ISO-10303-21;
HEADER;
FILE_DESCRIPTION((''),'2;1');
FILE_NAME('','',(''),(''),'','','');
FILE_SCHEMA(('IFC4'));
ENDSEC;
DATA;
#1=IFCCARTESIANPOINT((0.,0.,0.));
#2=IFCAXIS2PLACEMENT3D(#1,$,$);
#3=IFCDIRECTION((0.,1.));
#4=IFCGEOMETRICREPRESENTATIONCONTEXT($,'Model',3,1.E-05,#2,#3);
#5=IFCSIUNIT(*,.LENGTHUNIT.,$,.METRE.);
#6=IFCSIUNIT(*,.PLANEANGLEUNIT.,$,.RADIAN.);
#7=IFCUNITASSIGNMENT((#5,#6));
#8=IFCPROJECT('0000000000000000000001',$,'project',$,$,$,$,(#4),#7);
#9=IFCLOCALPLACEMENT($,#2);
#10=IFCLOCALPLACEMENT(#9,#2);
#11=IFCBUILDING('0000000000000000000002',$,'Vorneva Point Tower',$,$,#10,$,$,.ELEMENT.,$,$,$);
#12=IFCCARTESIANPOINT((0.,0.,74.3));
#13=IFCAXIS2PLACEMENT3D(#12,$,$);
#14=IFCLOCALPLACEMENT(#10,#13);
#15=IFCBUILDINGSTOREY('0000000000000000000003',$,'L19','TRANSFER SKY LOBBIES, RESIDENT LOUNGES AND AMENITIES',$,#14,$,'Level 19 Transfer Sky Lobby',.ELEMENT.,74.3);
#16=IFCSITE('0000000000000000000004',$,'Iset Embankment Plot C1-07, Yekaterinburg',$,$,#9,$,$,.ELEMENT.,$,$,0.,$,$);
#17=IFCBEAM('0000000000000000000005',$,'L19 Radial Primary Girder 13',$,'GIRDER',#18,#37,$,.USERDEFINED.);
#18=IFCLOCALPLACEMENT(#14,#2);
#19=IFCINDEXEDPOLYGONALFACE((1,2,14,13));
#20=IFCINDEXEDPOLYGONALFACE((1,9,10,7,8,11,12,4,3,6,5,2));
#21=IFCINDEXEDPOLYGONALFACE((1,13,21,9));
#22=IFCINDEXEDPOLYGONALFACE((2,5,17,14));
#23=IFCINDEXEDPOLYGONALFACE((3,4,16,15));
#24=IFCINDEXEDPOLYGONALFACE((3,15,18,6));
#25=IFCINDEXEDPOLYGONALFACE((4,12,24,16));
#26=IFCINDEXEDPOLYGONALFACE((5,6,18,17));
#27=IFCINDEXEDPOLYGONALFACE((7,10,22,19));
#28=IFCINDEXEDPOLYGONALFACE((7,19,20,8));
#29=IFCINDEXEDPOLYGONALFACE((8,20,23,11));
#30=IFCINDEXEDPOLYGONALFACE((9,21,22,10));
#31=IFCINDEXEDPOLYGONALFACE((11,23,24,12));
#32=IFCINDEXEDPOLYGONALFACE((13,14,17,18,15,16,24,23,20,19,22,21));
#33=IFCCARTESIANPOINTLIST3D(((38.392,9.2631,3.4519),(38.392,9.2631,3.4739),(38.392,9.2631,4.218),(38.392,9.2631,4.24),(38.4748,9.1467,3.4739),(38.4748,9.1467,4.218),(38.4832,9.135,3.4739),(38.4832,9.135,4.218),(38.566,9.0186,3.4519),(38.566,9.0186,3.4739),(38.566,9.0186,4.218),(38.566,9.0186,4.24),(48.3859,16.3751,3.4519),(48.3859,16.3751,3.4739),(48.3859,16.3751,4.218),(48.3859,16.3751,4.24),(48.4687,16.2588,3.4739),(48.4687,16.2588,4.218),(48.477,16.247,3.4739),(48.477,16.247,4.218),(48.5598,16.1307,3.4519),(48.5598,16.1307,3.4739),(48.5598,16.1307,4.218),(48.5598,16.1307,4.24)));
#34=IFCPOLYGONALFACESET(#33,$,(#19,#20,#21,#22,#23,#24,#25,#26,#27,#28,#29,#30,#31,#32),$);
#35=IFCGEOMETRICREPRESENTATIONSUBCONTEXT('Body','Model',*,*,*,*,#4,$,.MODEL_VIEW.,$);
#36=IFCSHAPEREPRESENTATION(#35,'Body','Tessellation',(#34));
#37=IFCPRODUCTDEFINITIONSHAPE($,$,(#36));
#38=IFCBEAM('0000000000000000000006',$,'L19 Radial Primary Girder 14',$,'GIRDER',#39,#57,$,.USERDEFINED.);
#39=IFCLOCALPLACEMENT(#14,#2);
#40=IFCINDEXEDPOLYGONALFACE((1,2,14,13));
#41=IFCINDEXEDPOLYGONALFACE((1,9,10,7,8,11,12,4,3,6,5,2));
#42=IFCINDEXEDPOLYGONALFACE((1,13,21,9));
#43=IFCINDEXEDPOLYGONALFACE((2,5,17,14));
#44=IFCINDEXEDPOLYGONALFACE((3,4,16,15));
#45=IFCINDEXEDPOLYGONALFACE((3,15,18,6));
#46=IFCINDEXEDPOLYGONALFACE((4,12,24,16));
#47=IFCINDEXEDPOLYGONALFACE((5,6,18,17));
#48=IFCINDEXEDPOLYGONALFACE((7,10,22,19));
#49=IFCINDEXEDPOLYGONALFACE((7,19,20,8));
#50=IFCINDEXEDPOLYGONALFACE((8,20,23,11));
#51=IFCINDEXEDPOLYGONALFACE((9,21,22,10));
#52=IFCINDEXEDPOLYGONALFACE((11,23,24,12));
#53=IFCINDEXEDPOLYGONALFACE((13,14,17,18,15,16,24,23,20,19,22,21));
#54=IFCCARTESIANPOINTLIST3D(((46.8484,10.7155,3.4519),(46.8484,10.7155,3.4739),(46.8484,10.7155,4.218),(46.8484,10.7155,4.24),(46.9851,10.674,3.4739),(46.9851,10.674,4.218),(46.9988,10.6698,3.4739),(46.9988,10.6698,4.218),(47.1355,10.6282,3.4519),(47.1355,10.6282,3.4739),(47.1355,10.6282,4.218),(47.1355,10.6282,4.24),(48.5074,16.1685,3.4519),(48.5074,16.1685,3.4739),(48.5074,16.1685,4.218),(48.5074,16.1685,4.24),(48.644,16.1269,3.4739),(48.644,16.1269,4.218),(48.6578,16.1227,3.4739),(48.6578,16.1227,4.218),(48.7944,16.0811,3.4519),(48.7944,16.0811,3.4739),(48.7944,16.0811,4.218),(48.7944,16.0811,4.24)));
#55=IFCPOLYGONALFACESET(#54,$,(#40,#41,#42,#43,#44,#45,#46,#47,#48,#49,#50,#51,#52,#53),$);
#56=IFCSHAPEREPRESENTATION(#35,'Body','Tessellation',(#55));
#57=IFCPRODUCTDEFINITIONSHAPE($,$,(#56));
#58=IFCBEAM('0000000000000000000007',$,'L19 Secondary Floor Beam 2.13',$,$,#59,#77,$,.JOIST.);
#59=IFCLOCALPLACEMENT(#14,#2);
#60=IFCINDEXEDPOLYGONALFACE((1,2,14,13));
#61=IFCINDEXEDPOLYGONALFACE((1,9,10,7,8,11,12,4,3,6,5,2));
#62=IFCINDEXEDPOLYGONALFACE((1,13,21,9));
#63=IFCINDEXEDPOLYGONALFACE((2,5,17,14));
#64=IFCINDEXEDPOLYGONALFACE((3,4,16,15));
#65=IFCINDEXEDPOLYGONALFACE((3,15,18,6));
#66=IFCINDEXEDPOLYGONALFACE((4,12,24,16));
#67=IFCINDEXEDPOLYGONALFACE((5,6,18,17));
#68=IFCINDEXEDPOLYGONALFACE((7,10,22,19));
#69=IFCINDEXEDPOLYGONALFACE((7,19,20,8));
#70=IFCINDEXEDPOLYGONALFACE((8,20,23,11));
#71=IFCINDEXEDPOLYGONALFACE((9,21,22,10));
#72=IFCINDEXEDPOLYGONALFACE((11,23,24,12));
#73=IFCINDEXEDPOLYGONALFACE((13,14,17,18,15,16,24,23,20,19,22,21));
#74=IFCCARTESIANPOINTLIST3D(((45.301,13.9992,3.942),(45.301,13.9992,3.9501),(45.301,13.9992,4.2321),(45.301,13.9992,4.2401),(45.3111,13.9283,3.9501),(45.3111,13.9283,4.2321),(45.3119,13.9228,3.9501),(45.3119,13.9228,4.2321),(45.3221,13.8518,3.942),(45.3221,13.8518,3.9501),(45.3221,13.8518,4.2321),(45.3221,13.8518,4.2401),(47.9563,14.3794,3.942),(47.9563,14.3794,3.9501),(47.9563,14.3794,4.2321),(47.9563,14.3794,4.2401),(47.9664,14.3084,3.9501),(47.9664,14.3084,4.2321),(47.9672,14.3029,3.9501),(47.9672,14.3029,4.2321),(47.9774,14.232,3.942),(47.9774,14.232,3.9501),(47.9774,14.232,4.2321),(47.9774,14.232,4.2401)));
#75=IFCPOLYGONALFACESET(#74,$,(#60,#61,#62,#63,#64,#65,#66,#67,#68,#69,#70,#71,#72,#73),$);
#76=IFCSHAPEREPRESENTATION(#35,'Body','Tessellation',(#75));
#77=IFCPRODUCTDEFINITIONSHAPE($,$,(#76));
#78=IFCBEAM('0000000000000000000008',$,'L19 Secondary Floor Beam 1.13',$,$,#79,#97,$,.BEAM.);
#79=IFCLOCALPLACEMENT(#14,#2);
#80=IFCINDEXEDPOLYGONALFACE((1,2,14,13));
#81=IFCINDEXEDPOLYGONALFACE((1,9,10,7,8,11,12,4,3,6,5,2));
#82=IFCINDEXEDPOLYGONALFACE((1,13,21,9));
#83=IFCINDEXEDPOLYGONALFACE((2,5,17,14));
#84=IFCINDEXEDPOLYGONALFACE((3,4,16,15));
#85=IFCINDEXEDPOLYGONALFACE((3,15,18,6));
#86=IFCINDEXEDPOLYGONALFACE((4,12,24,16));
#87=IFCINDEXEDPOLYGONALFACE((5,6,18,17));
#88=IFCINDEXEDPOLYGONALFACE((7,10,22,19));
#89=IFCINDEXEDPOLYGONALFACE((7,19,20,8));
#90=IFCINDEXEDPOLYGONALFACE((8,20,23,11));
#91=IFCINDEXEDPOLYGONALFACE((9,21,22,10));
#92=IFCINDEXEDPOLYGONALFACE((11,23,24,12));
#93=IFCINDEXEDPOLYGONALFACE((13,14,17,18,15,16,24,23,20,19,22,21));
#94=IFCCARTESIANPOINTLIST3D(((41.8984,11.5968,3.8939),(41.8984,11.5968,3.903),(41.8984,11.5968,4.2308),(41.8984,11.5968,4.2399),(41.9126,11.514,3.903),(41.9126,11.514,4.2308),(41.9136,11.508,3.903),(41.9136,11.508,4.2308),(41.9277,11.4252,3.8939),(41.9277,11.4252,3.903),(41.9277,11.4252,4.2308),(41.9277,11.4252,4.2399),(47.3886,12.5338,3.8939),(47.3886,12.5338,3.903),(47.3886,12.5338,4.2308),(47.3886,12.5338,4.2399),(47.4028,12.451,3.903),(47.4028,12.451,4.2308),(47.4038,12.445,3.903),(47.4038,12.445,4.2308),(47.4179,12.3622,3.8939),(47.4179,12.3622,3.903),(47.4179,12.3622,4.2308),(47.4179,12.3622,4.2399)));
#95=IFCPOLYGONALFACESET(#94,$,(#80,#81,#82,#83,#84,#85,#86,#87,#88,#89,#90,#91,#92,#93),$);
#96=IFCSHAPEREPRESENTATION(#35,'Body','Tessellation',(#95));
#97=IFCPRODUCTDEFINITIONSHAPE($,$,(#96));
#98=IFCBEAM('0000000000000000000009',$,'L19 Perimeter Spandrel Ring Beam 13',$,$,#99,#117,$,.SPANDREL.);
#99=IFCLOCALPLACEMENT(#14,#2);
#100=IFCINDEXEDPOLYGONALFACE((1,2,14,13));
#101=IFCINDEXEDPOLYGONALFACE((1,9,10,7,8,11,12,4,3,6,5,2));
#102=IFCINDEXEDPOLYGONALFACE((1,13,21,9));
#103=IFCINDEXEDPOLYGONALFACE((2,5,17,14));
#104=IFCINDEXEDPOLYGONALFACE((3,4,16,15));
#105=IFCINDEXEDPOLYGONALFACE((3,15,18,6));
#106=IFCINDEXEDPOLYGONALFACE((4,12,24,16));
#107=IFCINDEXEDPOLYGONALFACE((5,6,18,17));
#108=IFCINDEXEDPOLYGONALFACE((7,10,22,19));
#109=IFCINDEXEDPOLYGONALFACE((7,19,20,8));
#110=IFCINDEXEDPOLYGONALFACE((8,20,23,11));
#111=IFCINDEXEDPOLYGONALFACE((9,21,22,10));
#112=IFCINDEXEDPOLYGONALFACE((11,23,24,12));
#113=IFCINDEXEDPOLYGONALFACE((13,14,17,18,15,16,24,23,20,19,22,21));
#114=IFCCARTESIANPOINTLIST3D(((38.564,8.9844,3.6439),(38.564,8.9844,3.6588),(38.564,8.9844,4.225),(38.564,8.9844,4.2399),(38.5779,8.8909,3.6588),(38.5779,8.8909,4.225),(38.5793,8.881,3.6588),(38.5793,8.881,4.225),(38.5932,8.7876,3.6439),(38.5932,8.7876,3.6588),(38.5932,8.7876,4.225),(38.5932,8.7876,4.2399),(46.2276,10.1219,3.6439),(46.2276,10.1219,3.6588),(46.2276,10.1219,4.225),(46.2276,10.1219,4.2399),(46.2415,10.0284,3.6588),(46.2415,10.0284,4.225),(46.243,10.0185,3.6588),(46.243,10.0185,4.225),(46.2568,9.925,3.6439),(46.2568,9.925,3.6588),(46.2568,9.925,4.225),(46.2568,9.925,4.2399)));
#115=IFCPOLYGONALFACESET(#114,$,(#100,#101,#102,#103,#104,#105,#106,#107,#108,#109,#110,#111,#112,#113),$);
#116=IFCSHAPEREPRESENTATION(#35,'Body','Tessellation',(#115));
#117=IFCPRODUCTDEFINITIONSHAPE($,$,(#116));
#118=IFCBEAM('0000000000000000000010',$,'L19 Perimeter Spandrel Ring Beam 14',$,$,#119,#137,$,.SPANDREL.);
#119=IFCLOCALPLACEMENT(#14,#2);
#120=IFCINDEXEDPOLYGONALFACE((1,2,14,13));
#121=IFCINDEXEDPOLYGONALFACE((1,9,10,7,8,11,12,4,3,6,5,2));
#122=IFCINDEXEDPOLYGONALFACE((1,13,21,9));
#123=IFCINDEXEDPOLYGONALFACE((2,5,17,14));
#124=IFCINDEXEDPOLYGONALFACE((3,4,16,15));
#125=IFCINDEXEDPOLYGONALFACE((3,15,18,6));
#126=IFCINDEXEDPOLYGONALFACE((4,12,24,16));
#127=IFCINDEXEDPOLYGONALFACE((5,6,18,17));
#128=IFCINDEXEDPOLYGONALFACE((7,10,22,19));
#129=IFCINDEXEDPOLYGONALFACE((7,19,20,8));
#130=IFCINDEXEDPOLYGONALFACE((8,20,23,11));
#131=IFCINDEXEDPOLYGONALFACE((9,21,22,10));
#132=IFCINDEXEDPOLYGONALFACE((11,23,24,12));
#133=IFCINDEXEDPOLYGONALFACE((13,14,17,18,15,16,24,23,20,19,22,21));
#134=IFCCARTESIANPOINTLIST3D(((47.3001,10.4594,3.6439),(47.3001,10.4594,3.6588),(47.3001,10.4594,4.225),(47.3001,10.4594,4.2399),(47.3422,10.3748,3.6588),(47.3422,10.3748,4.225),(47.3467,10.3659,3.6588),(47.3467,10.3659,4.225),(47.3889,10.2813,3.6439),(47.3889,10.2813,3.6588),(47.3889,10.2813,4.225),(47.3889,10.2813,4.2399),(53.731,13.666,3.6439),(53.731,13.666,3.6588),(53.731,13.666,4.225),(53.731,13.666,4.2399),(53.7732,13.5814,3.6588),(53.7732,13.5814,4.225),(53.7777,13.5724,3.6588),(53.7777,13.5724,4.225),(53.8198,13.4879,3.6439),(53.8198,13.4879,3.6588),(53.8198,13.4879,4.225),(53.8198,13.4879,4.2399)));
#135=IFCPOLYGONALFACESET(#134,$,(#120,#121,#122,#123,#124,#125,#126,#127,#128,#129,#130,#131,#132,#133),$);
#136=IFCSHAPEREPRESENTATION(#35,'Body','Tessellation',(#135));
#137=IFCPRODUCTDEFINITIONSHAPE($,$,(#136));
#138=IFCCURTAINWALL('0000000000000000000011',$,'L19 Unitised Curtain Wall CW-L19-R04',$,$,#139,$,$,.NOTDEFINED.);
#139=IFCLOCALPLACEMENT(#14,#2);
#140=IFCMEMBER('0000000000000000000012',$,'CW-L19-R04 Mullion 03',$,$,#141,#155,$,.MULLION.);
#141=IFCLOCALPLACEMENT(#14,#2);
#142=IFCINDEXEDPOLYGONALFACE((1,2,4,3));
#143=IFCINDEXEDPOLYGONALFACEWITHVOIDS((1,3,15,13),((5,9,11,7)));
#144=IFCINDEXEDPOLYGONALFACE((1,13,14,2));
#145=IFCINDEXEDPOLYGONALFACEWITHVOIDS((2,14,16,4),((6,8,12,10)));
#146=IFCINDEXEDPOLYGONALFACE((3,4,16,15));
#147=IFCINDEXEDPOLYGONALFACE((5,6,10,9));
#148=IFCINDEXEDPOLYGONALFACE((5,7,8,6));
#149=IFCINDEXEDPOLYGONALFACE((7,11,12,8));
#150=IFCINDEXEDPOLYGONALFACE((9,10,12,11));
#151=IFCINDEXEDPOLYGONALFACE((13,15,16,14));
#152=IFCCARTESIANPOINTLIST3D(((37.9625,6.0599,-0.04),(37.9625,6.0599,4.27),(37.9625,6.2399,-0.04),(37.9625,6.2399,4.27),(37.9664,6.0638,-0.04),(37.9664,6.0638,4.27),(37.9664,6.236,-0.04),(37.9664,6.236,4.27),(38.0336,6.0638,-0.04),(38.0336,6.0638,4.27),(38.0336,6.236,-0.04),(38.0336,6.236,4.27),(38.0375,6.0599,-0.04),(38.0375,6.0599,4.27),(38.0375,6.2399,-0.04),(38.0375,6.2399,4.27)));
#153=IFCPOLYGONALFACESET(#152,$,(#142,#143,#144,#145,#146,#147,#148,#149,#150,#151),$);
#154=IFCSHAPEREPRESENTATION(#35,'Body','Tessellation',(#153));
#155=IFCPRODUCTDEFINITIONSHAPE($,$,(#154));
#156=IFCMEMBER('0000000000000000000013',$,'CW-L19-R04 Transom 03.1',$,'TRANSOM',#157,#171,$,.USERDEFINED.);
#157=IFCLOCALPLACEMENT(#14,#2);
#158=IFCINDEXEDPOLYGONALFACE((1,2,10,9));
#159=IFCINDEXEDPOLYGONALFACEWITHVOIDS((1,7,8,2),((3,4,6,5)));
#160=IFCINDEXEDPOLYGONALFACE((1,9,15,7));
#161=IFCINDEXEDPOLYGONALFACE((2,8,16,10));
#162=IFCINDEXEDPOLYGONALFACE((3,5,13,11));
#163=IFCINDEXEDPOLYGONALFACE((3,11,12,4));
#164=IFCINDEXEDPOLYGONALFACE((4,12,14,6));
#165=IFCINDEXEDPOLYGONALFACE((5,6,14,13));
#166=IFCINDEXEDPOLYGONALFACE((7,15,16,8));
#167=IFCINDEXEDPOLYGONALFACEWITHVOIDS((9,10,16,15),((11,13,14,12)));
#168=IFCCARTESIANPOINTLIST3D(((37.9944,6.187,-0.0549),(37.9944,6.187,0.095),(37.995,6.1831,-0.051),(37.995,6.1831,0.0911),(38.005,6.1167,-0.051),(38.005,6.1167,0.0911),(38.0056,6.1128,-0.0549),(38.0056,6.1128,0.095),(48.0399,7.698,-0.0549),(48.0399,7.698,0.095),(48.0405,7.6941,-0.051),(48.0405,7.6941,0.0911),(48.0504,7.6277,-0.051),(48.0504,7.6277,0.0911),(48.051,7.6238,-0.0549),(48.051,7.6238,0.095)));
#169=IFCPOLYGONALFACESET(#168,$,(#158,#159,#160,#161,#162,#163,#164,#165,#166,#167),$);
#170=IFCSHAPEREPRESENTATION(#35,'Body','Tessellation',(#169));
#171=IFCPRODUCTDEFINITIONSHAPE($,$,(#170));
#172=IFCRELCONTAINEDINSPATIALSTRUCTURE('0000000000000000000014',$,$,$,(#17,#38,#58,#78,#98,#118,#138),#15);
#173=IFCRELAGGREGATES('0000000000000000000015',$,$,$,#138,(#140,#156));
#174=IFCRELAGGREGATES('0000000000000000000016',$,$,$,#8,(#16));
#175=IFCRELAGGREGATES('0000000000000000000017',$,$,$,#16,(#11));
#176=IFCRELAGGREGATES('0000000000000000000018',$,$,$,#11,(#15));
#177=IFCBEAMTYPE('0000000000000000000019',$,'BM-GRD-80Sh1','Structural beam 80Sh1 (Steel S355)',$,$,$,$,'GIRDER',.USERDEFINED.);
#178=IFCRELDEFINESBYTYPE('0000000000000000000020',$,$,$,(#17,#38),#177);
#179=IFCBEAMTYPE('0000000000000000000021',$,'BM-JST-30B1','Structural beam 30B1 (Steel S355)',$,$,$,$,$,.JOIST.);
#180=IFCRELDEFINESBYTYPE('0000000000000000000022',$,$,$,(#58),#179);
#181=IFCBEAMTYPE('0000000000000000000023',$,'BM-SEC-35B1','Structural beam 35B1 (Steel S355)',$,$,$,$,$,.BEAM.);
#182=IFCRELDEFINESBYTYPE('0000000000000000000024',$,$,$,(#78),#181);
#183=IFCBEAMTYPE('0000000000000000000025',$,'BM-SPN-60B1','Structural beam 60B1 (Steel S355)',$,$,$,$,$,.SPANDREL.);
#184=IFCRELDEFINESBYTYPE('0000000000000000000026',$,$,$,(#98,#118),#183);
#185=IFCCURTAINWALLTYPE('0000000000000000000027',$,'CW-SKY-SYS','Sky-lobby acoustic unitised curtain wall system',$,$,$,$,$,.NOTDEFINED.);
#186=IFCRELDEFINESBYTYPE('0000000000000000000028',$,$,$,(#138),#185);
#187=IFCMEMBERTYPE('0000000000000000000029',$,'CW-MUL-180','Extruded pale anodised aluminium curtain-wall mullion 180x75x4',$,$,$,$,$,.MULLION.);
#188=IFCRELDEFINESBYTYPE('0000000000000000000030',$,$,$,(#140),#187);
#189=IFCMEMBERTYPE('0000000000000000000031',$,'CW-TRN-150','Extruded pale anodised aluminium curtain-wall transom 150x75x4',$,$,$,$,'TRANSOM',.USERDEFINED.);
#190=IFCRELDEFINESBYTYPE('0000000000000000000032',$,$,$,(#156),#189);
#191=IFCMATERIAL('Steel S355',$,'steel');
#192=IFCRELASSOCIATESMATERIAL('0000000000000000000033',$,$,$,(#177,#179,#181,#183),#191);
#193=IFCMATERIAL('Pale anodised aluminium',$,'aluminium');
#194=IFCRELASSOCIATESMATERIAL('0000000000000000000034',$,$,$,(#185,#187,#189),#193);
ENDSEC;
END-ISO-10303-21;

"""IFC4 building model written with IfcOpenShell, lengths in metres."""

from ifc_helpers import new_model, si_unit, direction, frame, origin, origin_2d, place, context, subcontext, project, spatial, hollow_rectangle, i_section, extrude, material, material_profile, profile_set, type_object, element, aggregate, save


model = new_model("IFC4")

# Units and contexts
model_context = context("Model", 3, precision=1e-05, world=origin(), true_north=direction((0.0, 1.0)))
body_context = subcontext(model_context, "Body", "Model", "MODEL_VIEW")
ifc_project = project(units=[si_unit("LENGTHUNIT", "METRE"), si_unit("PLANEANGLEUNIT", "RADIAN")], contexts=[model_context])

# Site, building, storey
site_placement = place(None, origin())
site = spatial("IfcSite", under=ifc_project, at=site_placement, Name="Iset Embankment Plot C1-07, Yekaterinburg", CompositionType="ELEMENT", RefElevation=0.0)
building_placement = place(site_placement, origin())
building = spatial("IfcBuilding", under=site, at=building_placement, Name="Vorneva Point Tower", CompositionType="ELEMENT")
storey_placement = place(building_placement, frame((0.0, 0.0, 74.3)))
storey = spatial("IfcBuildingStorey", under=building, at=storey_placement, Name="L19", Description="TRANSFER SKY LOBBIES, RESIDENT LOUNGES AND AMENITIES", LongName="Level 19 Transfer Sky Lobby", CompositionType="ELEMENT", Elevation=74.3)

# Beams
ifc_material_1 = material(Name="Steel S355", Category="steel")
ifc_material_profile_1 = material_profile(ifc_material_1, i_section(OverallWidth=0.3, OverallDepth=0.7881, WebThickness=0.0144, FlangeThickness=0.022, at=origin_2d()), Name="80Sh1")
ifc_profile_set_1 = profile_set([ifc_material_profile_1], Name="Steel S355")
beam_type_1 = type_object("IfcBeamType", Name="BM-GRD-80Sh1", Description="Structural beam 80Sh1 (Steel S355)", ElementType="GIRDER", PredefinedType="USERDEFINED", material=ifc_profile_set_1)
beam_1_placement = place(storey_placement, frame((38.479, 9.1409, 3.8459), z_axis=(0.814752, 0.57981, 0.0), x_axis=(-0.57981, 0.814752, 0.0)))
element("IfcBeam", 1, at=beam_1_placement, inside=storey, type_object=beam_type_1, Name="L19 Radial Primary Girder 13", ObjectType="GIRDER", PredefinedType="USERDEFINED", context=body_context, shape_type="SweptSolid", body=[
    extrude(i_section(OverallWidth=0.3, OverallDepth=0.7881, WebThickness=0.0144, FlangeThickness=0.022, at=origin_2d()), origin(), (0.0, 0.0, 1.0), 12.2661),
])
beam_2_placement = place(storey_placement, frame((46.9919, 10.6719, 3.8459), z_axis=(0.291059, 0.956705, 0.0), x_axis=(-0.956705, 0.291059, 0.0)))
element("IfcBeam", 2, at=beam_2_placement, inside=storey, type_object=beam_type_1, Name="L19 Radial Primary Girder 14", ObjectType="GIRDER", PredefinedType="USERDEFINED", context=body_context, shape_type="SweptSolid", body=[
    extrude(i_section(OverallWidth=0.3, OverallDepth=0.7881, WebThickness=0.0144, FlangeThickness=0.022, at=origin_2d()), origin(), (0.0, 0.0, 1.0), 5.6997),
])
ifc_material_profile_2 = material_profile(ifc_material_1, i_section(OverallWidth=0.1489, OverallDepth=0.2981, WebThickness=0.0056, FlangeThickness=0.0081, at=origin_2d()), Name="30B1")
ifc_profile_set_2 = profile_set([ifc_material_profile_2], Name="Steel S355")
beam_type_2 = type_object("IfcBeamType", Name="BM-JST-30B1", Description="Structural beam 30B1 (Steel S355)", PredefinedType="JOIST", material=ifc_profile_set_2)
beam_3_placement = place(storey_placement, frame((45.3115, 13.9255, 4.0911), z_axis=(0.989908, 0.141714, 0.0), x_axis=(-0.141714, 0.989908, 0.0)))
element("IfcBeam", 3, at=beam_3_placement, inside=storey, type_object=beam_type_2, Name="L19 Secondary Floor Beam 2.13", PredefinedType="JOIST", context=body_context, shape_type="SweptSolid", body=[
    extrude(i_section(OverallWidth=0.1489, OverallDepth=0.2981, WebThickness=0.0056, FlangeThickness=0.0081, at=origin_2d()), origin(), (0.0, 0.0, 1.0), 2.6824),
])
ifc_material_profile_3 = material_profile(ifc_material_1, i_section(OverallWidth=0.1741, OverallDepth=0.3459, WebThickness=0.0061, FlangeThickness=0.009, at=origin_2d()), Name="35B1")
ifc_profile_set_3 = profile_set([ifc_material_profile_3], Name="Steel S355")
beam_type_3 = type_object("IfcBeamType", Name="BM-SEC-35B1", Description="Structural beam 35B1 (Steel S355)", PredefinedType="BEAM", material=ifc_profile_set_3)
beam_4_placement = place(storey_placement, frame((41.9131, 11.511, 4.0669), z_axis=(0.985747, 0.168236, 0.0), x_axis=(-0.168236, 0.985747, 0.0)))
element("IfcBeam", 4, at=beam_4_placement, inside=storey, type_object=beam_type_3, Name="L19 Secondary Floor Beam 1.13", PredefinedType="BEAM", context=body_context, shape_type="SweptSolid", body=[
    extrude(i_section(OverallWidth=0.1741, OverallDepth=0.3459, WebThickness=0.0061, FlangeThickness=0.009, at=origin_2d()), origin(), (0.0, 0.0, 1.0), 5.5696),
])
ifc_material_profile_4 = material_profile(ifc_material_1, i_section(OverallWidth=0.199, OverallDepth=0.5959, WebThickness=0.01, FlangeThickness=0.0149, at=origin_2d()), Name="60B1")
ifc_profile_set_4 = profile_set([ifc_material_profile_4], Name="Steel S355")
beam_type_4 = type_object("IfcBeamType", Name="BM-SPN-60B1", Description="Structural beam 60B1 (Steel S355)", PredefinedType="SPANDREL", material=ifc_profile_set_4)
beam_5_placement = place(storey_placement, frame((38.5786, 8.886, 3.9419), z_axis=(0.989164, 0.146815, 0.0), x_axis=(-0.146815, 0.989164, 0.0)))
element("IfcBeam", 5, at=beam_5_placement, inside=storey, type_object=beam_type_4, Name="L19 Perimeter Spandrel Ring Beam 13", PredefinedType="SPANDREL", context=body_context, shape_type="SweptSolid", body=[
    extrude(i_section(OverallWidth=0.199, OverallDepth=0.5959, WebThickness=0.01, FlangeThickness=0.0149, at=origin_2d()), origin(), (0.0, 0.0, 1.0), 7.7476),
])
beam_6_placement = place(storey_placement, frame((47.3445, 10.3704, 3.9419), z_axis=(0.894923, 0.446221, 0.0), x_axis=(-0.446221, 0.894923, 0.0)))
element("IfcBeam", 6, at=beam_6_placement, inside=storey, type_object=beam_type_4, Name="L19 Perimeter Spandrel Ring Beam 14", PredefinedType="SPANDREL", context=body_context, shape_type="SweptSolid", body=[
    extrude(i_section(OverallWidth=0.199, OverallDepth=0.5959, WebThickness=0.01, FlangeThickness=0.0149, at=origin_2d()), origin(), (0.0, 0.0, 1.0), 7.186),
])

# Curtain wall, members
ifc_material_2 = material(Name="Pale anodised aluminium", Category="aluminium")
curtain_wall_type = type_object("IfcCurtainWallType", Name="CW-SKY-SYS", Description="Sky-lobby acoustic unitised curtain wall system", PredefinedType="NOTDEFINED", material=ifc_material_2)
curtain_wall_placement = place(storey_placement, origin())
curtain_wall = element("IfcCurtainWall", 7, at=curtain_wall_placement, inside=storey, type_object=curtain_wall_type, Name="L19 Unitised Curtain Wall CW-L19-R04", PredefinedType="NOTDEFINED")
ifc_material_profile_5 = material_profile(ifc_material_2, hollow_rectangle(XDim=0.075, YDim=0.1799, WallThickness=0.0039, at=origin_2d()), Name="AL-MUL 180x75x4")
ifc_profile_set_5 = profile_set([ifc_material_profile_5], Name="Pale anodised aluminium")
member_type_1 = type_object("IfcMemberType", Name="CW-MUL-180", Description="Extruded pale anodised aluminium curtain-wall mullion 180x75x4", PredefinedType="MULLION", material=ifc_profile_set_5)
member_1_placement = place(storey_placement, frame((38.0, 6.1499, -0.04), z_axis=(0.0, 0.0, 1.0), x_axis=(1.0, 0.0, 0.0)))
member_1 = element("IfcMember", 8, at=member_1_placement, type_object=member_type_1, Name="CW-L19-R04 Mullion 03", PredefinedType="MULLION", context=body_context, shape_type="SweptSolid", body=[
    extrude(hollow_rectangle(XDim=0.075, YDim=0.1799, WallThickness=0.0039, at=origin_2d()), origin(), (0.0, 0.0, 1.0), 4.3101),
])
ifc_material_profile_6 = material_profile(ifc_material_2, hollow_rectangle(XDim=0.075, YDim=0.1499, WallThickness=0.0039, at=origin_2d()), Name="AL-TRN 150x75x4")
ifc_profile_set_6 = profile_set([ifc_material_profile_6], Name="Pale anodised aluminium")
member_type_2 = type_object("IfcMemberType", Name="CW-TRN-150", Description="Extruded pale anodised aluminium curtain-wall transom 150x75x4", ElementType="TRANSOM", PredefinedType="USERDEFINED", material=ifc_profile_set_6)
member_2_placement = place(storey_placement, frame((38.0, 6.1499, 0.02), z_axis=(0.988876, 0.148742, 0.0), x_axis=(-0.148742, 0.988876, 0.0)))
member_2 = element("IfcMember", 9, at=member_2_placement, type_object=member_type_2, Name="CW-L19-R04 Transom 03.1", ObjectType="TRANSOM", PredefinedType="USERDEFINED", context=body_context, shape_type="SweptSolid", body=[
    extrude(hollow_rectangle(XDim=0.075, YDim=0.1499, WallThickness=0.0039, at=origin_2d()), origin(), (0.0, 0.0, 1.0), 10.1584),
])
aggregate(curtain_wall, [member_1, member_2])

save(model, "model.ifc")
